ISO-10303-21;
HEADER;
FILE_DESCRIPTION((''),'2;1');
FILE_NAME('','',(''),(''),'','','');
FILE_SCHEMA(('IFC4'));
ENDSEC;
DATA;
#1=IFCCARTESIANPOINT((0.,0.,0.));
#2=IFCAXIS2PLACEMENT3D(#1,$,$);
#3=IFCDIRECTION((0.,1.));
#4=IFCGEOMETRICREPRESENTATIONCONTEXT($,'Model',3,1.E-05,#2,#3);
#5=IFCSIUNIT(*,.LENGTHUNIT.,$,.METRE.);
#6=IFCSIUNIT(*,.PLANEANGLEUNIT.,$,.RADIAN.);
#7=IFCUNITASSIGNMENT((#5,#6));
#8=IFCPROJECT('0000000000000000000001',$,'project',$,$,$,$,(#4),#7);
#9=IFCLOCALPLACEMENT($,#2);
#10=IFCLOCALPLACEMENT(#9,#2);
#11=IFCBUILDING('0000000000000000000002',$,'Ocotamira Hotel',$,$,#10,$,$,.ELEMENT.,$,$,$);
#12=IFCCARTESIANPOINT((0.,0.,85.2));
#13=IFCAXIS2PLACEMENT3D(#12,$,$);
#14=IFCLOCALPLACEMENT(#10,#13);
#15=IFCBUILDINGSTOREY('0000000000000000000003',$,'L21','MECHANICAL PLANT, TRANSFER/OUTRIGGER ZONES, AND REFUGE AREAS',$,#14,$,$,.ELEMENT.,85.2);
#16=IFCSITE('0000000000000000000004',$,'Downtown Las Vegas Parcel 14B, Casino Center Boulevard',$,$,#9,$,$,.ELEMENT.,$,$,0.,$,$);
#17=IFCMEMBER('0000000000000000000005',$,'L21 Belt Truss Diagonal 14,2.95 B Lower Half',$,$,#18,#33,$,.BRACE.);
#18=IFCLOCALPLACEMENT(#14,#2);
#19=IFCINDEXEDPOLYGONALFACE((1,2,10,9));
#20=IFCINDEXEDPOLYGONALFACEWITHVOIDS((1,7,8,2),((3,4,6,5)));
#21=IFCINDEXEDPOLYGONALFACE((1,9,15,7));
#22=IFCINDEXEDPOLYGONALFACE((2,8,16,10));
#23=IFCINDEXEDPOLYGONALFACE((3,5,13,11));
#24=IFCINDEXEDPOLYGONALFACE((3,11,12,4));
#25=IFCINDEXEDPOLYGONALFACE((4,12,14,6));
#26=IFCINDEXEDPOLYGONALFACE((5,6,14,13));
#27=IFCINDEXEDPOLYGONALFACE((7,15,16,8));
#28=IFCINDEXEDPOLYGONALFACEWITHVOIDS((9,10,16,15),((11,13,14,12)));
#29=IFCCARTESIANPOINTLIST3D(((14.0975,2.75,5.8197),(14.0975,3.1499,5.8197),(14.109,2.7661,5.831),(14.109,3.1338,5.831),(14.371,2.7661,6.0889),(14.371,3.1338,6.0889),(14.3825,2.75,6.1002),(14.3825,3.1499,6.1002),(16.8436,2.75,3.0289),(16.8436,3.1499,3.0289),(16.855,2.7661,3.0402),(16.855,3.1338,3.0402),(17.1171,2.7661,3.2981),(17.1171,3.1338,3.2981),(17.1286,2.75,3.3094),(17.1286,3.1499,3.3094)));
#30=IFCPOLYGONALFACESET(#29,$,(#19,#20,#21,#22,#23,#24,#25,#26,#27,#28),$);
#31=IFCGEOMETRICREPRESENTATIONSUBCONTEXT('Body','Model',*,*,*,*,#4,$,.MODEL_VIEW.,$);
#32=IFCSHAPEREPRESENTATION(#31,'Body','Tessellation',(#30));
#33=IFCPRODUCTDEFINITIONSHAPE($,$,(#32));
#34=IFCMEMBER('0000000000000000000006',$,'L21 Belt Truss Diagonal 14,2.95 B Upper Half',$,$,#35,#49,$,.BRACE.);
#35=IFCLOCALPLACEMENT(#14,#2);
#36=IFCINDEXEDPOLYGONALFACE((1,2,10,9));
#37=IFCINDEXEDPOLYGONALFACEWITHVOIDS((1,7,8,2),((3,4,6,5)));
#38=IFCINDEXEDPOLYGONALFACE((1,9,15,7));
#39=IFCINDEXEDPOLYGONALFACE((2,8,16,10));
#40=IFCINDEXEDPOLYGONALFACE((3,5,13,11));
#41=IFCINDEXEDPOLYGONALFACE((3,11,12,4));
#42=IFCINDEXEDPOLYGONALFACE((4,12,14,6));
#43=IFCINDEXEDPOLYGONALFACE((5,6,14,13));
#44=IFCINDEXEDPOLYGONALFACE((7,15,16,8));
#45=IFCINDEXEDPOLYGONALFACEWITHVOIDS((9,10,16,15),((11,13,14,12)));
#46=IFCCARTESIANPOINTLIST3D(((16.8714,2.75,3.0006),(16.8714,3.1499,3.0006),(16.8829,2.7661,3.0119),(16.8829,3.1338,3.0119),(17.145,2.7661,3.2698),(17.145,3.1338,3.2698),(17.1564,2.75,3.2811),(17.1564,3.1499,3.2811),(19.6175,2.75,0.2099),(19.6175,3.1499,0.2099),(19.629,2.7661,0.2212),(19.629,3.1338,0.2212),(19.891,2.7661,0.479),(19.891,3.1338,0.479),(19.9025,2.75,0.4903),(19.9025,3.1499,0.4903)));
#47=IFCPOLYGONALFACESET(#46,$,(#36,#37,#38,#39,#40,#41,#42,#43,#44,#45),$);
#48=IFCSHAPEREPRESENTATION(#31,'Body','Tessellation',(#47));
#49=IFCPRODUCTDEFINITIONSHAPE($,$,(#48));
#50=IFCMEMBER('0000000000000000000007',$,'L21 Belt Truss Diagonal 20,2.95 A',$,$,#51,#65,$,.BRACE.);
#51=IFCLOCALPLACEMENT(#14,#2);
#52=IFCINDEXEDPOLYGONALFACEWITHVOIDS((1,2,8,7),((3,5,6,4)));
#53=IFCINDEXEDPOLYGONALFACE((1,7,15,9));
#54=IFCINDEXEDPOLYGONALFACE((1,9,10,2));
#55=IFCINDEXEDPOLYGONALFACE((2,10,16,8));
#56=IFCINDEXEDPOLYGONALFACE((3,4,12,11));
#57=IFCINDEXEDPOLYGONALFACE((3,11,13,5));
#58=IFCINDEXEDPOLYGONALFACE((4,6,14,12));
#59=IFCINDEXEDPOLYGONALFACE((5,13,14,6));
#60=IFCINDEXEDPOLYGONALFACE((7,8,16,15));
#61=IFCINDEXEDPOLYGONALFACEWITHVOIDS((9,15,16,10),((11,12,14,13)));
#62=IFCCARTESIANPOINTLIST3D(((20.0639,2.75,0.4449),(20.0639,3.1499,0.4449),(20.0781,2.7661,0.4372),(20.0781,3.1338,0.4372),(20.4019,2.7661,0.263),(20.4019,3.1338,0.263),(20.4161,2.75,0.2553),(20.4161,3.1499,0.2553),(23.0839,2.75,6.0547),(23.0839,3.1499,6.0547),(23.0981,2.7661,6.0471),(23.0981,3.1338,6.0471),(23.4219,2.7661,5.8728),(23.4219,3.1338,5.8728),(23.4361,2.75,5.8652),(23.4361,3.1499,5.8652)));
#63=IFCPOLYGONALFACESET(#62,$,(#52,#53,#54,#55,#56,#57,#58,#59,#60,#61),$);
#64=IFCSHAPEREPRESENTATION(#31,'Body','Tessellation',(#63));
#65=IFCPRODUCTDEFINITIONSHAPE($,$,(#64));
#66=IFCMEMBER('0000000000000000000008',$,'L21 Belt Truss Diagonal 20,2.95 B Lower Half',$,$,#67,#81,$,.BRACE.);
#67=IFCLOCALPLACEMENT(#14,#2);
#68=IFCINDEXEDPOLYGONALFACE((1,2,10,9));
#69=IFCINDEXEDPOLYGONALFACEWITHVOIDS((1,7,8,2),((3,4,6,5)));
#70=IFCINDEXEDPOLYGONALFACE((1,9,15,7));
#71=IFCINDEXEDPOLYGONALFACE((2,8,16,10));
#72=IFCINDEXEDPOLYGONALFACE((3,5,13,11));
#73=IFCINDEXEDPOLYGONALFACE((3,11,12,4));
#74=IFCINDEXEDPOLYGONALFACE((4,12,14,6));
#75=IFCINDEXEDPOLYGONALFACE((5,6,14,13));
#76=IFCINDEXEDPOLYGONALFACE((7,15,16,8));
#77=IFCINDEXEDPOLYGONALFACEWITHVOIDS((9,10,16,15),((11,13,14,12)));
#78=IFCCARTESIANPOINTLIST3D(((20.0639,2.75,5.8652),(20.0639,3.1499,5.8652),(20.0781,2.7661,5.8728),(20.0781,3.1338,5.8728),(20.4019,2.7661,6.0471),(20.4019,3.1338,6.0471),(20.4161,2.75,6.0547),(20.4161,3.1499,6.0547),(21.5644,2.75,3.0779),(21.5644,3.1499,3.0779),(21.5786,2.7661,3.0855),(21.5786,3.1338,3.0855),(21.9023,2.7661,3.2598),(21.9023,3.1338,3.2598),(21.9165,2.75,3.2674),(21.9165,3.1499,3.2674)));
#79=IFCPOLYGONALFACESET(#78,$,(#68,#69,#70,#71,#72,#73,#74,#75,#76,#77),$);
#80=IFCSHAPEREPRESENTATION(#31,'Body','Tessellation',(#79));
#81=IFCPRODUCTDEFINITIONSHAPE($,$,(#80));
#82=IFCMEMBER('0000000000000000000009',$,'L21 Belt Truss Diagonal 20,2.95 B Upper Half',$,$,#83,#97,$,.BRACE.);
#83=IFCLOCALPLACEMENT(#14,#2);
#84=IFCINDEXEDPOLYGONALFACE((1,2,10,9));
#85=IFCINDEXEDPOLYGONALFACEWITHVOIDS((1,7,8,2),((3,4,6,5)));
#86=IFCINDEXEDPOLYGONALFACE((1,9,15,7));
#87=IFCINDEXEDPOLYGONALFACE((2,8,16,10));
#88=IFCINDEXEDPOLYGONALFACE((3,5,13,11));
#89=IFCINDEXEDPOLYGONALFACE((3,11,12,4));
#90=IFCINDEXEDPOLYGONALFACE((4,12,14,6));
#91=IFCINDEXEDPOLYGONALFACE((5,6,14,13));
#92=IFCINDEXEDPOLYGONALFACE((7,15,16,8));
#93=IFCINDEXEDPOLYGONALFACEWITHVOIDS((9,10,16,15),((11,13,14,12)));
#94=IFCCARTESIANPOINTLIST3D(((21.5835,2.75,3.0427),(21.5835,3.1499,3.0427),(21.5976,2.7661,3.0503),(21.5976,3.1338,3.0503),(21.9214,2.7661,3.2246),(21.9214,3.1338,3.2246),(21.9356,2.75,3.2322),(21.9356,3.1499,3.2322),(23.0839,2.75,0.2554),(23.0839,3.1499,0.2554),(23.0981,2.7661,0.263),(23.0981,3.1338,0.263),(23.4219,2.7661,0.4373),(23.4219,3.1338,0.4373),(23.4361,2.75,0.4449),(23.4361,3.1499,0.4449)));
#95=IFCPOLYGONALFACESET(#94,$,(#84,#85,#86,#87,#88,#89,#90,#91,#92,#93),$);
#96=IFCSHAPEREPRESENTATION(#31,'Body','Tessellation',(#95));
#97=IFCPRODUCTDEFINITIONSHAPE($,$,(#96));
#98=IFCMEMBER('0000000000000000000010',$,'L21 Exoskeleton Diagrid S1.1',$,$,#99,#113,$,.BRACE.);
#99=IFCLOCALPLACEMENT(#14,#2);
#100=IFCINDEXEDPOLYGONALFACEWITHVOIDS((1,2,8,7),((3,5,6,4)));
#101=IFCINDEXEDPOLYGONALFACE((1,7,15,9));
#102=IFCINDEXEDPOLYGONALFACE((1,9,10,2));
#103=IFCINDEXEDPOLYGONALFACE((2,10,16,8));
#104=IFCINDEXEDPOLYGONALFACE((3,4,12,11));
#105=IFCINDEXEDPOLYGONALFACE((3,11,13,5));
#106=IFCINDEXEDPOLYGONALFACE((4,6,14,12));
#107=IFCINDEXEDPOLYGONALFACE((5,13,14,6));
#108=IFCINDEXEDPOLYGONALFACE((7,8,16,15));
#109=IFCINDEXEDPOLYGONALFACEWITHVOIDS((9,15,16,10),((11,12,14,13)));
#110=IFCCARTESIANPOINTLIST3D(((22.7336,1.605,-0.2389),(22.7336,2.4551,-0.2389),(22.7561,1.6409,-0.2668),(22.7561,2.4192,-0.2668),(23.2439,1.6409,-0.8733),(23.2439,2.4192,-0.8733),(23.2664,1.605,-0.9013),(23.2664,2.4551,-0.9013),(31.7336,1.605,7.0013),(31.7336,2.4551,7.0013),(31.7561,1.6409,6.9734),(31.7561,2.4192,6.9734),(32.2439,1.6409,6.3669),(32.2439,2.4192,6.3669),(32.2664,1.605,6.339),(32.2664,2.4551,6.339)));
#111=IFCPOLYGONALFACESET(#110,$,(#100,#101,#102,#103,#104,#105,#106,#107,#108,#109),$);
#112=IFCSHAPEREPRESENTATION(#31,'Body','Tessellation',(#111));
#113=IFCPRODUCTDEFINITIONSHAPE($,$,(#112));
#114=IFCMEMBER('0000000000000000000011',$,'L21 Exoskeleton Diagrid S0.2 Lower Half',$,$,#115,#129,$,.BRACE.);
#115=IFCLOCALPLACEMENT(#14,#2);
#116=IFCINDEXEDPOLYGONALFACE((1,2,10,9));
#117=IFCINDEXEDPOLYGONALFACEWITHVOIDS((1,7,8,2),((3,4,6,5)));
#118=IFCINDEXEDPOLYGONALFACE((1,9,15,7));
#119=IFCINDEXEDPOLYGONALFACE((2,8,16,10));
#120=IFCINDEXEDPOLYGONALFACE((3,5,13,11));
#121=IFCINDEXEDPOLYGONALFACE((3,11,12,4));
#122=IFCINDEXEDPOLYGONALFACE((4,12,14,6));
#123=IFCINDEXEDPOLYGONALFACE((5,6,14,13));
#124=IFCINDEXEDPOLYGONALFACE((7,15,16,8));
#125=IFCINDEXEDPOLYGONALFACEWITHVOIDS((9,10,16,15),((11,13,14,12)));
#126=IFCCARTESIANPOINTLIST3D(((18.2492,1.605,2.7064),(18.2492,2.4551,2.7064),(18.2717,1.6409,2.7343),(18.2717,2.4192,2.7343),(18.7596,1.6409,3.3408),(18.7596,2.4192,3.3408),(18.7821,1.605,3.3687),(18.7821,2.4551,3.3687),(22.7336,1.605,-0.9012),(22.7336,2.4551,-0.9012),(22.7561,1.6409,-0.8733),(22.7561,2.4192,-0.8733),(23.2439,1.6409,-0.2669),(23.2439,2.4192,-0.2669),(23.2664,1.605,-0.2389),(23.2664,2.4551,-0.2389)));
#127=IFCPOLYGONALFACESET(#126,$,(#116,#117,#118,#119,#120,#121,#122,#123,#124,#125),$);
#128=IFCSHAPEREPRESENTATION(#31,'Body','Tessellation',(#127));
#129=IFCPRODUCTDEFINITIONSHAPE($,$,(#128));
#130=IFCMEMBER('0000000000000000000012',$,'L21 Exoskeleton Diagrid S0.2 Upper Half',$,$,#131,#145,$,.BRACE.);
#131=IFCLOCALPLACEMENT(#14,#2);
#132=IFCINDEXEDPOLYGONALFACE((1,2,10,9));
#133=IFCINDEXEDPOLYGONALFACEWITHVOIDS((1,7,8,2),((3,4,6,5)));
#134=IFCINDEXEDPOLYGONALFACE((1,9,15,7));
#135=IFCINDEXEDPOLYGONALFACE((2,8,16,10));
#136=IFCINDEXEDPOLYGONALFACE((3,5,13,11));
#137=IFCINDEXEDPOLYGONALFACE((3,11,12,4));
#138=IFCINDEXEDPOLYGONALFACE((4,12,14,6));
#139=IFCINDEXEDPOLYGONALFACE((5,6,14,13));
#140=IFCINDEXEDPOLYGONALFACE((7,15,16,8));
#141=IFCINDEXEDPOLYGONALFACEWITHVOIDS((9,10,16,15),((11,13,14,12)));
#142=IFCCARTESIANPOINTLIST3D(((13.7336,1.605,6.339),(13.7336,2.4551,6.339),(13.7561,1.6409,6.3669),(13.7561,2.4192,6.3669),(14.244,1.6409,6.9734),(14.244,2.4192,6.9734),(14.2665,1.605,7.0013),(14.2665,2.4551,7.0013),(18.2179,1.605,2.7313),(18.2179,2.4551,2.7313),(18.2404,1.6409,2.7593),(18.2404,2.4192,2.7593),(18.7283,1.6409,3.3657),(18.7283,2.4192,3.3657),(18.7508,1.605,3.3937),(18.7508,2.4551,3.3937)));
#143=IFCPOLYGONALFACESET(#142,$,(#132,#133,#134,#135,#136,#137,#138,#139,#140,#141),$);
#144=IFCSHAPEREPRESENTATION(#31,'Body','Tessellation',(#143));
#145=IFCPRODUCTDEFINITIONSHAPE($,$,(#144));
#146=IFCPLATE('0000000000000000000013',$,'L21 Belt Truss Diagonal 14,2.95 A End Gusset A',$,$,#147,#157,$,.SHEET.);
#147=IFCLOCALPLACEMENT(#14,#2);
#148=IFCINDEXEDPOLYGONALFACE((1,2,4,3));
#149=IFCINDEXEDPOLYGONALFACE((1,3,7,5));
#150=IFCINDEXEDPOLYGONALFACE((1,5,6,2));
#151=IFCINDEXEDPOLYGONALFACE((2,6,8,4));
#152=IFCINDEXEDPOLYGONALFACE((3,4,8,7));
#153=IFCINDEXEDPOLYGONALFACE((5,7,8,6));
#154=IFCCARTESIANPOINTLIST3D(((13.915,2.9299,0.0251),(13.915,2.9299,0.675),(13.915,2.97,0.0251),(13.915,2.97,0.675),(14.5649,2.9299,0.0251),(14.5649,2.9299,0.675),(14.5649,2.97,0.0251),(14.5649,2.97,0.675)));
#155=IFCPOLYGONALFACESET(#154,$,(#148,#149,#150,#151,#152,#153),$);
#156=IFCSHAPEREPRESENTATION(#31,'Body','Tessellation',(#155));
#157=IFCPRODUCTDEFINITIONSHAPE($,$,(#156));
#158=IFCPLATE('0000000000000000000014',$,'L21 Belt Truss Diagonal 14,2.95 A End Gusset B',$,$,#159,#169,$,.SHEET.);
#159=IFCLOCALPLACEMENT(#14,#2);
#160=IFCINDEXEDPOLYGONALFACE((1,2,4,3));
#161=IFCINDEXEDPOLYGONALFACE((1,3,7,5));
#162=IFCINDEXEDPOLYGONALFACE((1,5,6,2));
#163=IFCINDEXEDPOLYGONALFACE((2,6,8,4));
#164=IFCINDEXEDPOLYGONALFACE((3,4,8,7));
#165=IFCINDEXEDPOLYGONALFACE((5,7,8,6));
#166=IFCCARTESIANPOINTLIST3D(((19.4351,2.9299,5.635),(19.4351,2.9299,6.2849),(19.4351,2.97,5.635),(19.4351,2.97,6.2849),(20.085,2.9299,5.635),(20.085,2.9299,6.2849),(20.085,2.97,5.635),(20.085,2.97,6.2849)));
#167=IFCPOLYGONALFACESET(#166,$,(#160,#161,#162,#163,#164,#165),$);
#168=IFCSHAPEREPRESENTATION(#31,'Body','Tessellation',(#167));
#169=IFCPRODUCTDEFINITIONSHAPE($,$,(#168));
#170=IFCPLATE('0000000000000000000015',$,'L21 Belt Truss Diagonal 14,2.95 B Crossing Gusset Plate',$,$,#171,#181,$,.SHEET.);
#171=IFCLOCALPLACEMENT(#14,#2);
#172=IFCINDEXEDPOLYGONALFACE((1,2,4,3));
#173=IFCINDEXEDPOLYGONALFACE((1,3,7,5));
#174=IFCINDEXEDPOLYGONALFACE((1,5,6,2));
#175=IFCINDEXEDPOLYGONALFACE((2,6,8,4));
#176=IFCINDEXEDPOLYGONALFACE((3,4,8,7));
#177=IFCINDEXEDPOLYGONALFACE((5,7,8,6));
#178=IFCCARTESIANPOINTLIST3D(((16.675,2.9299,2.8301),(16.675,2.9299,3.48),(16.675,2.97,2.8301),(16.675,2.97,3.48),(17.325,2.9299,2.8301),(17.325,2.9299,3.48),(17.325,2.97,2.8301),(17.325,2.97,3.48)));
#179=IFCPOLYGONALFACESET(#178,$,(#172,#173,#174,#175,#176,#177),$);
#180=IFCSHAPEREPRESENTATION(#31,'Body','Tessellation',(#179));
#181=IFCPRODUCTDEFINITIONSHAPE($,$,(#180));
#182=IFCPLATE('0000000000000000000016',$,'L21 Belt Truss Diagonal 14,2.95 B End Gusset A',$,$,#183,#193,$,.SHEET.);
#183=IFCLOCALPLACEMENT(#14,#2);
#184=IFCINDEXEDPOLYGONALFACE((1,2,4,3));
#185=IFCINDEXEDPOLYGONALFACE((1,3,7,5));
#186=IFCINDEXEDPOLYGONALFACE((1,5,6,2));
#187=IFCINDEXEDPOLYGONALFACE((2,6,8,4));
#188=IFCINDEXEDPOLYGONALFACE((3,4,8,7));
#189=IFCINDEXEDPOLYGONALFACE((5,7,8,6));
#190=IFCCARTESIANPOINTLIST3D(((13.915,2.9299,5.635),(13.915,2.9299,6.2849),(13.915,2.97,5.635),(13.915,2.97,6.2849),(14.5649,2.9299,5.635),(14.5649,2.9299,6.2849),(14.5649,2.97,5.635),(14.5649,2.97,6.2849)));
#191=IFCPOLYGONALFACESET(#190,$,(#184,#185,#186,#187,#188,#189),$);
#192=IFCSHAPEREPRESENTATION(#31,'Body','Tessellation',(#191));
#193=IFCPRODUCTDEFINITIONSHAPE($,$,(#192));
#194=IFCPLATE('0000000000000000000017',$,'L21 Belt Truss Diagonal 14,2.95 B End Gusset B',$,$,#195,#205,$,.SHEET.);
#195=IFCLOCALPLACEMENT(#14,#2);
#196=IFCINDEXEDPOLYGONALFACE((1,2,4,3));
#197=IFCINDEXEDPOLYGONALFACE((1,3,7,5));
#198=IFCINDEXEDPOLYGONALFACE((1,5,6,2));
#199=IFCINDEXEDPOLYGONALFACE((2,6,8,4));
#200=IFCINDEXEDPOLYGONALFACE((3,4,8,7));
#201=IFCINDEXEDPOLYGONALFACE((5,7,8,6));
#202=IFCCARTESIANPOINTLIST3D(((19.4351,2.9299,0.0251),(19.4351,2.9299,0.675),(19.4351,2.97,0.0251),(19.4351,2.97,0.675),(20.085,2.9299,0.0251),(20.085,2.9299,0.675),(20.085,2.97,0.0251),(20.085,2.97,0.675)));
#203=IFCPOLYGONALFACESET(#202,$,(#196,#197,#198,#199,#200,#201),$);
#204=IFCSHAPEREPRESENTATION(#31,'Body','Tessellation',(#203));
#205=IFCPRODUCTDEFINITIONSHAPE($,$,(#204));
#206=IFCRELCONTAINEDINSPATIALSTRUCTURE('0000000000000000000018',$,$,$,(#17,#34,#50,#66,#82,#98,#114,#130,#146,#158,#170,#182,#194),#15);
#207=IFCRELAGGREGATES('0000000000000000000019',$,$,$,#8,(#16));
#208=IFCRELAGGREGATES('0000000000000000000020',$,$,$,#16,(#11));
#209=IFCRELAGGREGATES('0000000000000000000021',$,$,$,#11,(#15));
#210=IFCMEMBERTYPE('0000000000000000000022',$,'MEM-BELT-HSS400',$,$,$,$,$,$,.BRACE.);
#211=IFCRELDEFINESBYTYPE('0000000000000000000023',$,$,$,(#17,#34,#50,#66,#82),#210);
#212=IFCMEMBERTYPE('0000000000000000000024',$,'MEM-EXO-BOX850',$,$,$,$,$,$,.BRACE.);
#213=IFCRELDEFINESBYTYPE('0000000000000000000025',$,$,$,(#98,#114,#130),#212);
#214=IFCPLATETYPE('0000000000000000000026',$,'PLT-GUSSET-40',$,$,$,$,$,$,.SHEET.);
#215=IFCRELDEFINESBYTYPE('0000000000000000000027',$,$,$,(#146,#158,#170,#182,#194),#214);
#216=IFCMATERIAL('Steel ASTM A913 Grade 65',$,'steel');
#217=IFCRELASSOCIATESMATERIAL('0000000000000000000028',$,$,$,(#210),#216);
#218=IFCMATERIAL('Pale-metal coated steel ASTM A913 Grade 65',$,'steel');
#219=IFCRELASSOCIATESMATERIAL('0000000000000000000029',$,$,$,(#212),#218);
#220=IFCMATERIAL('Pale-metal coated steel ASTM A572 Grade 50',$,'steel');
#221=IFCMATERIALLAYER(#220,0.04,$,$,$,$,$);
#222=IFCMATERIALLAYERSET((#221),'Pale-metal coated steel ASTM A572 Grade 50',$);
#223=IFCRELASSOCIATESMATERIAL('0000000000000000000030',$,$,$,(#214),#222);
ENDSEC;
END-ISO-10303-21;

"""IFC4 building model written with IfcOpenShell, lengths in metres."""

from ifc_helpers import new_model, si_unit, direction, frame, origin, origin_2d, place, context, subcontext, project, spatial, rectangle, hollow_rectangle, extrude, source, transform, mapped, material, layer, layer_set, material_profile, profile_set, type_object, element, save


model = new_model("IFC4")

# Units and contexts
model_context = context("Model", 3, precision=1e-05, world=origin(), true_north=direction((0.0, 1.0)))
body_context = subcontext(model_context, "Body", "Model", "MODEL_VIEW")
ifc_project = project(units=[si_unit("LENGTHUNIT", "METRE"), si_unit("PLANEANGLEUNIT", "RADIAN")], contexts=[model_context])

# Site, building, storey
site_placement = place(None, origin())
site = spatial("IfcSite", under=ifc_project, at=site_placement, Name="Downtown Las Vegas Parcel 14B, Casino Center Boulevard", CompositionType="ELEMENT", RefElevation=0.0)
building_placement = place(site_placement, origin())
building = spatial("IfcBuilding", under=site, at=building_placement, Name="Ocotamira Hotel", CompositionType="ELEMENT")
storey_placement = place(building_placement, frame((0.0, 0.0, 85.2)))
storey = spatial("IfcBuildingStorey", under=building, at=storey_placement, Name="L21", Description="MECHANICAL PLANT, TRANSFER/OUTRIGGER ZONES, AND REFUGE AREAS", CompositionType="ELEMENT", Elevation=85.2)

# Shared definitions
ifc_material_1 = material(Name="Steel ASTM A913 Grade 65", Category="steel")

# Members
ifc_material_profile_1 = material_profile(ifc_material_1, hollow_rectangle(XDim=0.3999, YDim=0.3999, WallThickness=0.0161, at=origin_2d()), Name="HSS400X400X16")
ifc_profile_set_1 = profile_set([ifc_material_profile_1], Name="Steel ASTM A913 Grade 65")
member_type_1 = type_object("IfcMemberType", Name="MEM-BELT-HSS400", PredefinedType="BRACE", material=ifc_profile_set_1)
shared_shape_1 = source(origin(), body_context, "Body", "SweptSolid", [
    extrude(hollow_rectangle(XDim=0.3999, YDim=0.3999, WallThickness=0.0161, at=origin_2d()), origin(), (0.0, 0.0, 1.0), 3.9153),
])
for number, where, z_axis, x_axis, name in (
    (1, (14.24, 2.95, 5.96), (0.701378, 0.0, -0.712789), (0.0, 1.0, 0.0), "L21 Belt Truss Diagonal 14,2.95 B Lower Half"),
    (2, (17.0139, 2.95, 3.1409), (0.701378, 0.0, -0.712789), (0.0, 1.0, 0.0), "L21 Belt Truss Diagonal 14,2.95 B Upper Half"),
):
    element("IfcMember", number, at=place(storey_placement, frame(where, z_axis=z_axis, x_axis=x_axis)), inside=storey, type_object=member_type_1, Name=name, PredefinedType="BRACE", context=body_context, shape_type="MappedRepresentation", body=[
        mapped(shared_shape_1, transform((0.0, 0.0, 0.0), scale=1.0)),
    ])
shared_shape_2 = source(origin(), body_context, "Body", "SweptSolid", [
    extrude(hollow_rectangle(XDim=0.3999, YDim=0.3999, WallThickness=0.0161, at=origin_2d()), origin(), (0.0, 0.0, 1.0), 6.3711),
])
member_1_placement = place(storey_placement, frame((20.24, 2.95, 0.3501), z_axis=(0.474018, 0.0, 0.880515), x_axis=(0.0, 1.0, 0.0)))
element("IfcMember", 3, at=member_1_placement, inside=storey, type_object=member_type_1, Name="L21 Belt Truss Diagonal 20,2.95 A", PredefinedType="BRACE", context=body_context, shape_type="MappedRepresentation", body=[
    mapped(shared_shape_2, transform((0.0, 0.0, 0.0), scale=1.0)),
])
shared_shape_3 = source(origin(), body_context, "Body", "SweptSolid", [
    extrude(hollow_rectangle(XDim=0.3999, YDim=0.3999, WallThickness=0.0161, at=origin_2d()), origin(), (0.0, 0.0, 1.0), 3.1655),
])
for number, where, z_axis, x_axis, name in (
    (4, (20.24, 2.95, 5.96), (0.474003, 0.0, -0.880523), (0.0, 1.0, 0.0), "L21 Belt Truss Diagonal 20,2.95 B Lower Half"),
    (5, (21.7595, 2.95, 3.1375), (0.474003, 0.0, -0.880523), (0.0, 1.0, 0.0), "L21 Belt Truss Diagonal 20,2.95 B Upper Half"),
):
    element("IfcMember", number, at=place(storey_placement, frame(where, z_axis=z_axis, x_axis=x_axis)), inside=storey, type_object=member_type_1, Name=name, PredefinedType="BRACE", context=body_context, shape_type="MappedRepresentation", body=[
        mapped(shared_shape_3, transform((0.0, 0.0, 0.0), scale=1.0)),
    ])
ifc_material_2 = material(Name="Pale-metal coated steel ASTM A913 Grade 65", Category="steel")
ifc_material_profile_2 = material_profile(ifc_material_2, hollow_rectangle(XDim=0.8501, YDim=0.8501, WallThickness=0.0359, at=origin_2d()), Name="BOX850X850X36")
ifc_profile_set_2 = profile_set([ifc_material_profile_2], Name="Pale-metal coated steel ASTM A913 Grade 65")
member_type_2 = type_object("IfcMemberType", Name="MEM-EXO-BOX850", PredefinedType="BRACE", material=ifc_profile_set_2)
shared_shape_4 = source(origin(), body_context, "Body", "SweptSolid", [
    extrude(hollow_rectangle(XDim=0.8501, YDim=0.8501, WallThickness=0.0359, at=origin_2d()), origin(), (0.0, 0.0, 1.0), 11.5508),
])
member_2_placement = place(storey_placement, frame((23.0, 2.03, -0.5701), z_axis=(0.779167, 0.0, 0.626817), x_axis=(0.0, 1.0, 0.0)))
element("IfcMember", 6, at=member_2_placement, inside=storey, type_object=member_type_2, Name="L21 Exoskeleton Diagrid S1.1", PredefinedType="BRACE", context=body_context, shape_type="MappedRepresentation", body=[
    mapped(shared_shape_4, transform((0.0, 0.0, 0.0), scale=1.0)),
])
shared_shape_5 = source(origin(), body_context, "Body", "SweptSolid", [
    extrude(hollow_rectangle(XDim=0.8501, YDim=0.8501, WallThickness=0.0359, at=origin_2d()), origin(), (0.0, 0.0, 1.0), 5.7554),
])
for number, where, z_axis, x_axis, name in (
    (7, (23.0, 2.03, -0.5701), (-0.779157, 0.0, 0.626829), (0.0, -1.0, 0.0), "L21 Exoskeleton Diagrid S0.2 Lower Half"),
    (8, (18.4844, 2.03, 3.0625), (-0.779157, 0.0, 0.626829), (0.0, -1.0, 0.0), "L21 Exoskeleton Diagrid S0.2 Upper Half"),
):
    element("IfcMember", number, at=place(storey_placement, frame(where, z_axis=z_axis, x_axis=x_axis)), inside=storey, type_object=member_type_2, Name=name, PredefinedType="BRACE", context=body_context, shape_type="MappedRepresentation", body=[
        mapped(shared_shape_5, transform((0.0, 0.0, 0.0), scale=1.0)),
    ])

# Plates
ifc_material_3 = material(Name="Pale-metal coated steel ASTM A572 Grade 50", Category="steel")
ifc_layer_1 = layer(ifc_material_3, 0.04)
ifc_layer_set_1 = layer_set([ifc_layer_1], Name="Pale-metal coated steel ASTM A572 Grade 50")
plate_type = type_object("IfcPlateType", Name="PLT-GUSSET-40", PredefinedType="SHEET", material=ifc_layer_set_1)
shared_shape_6 = source(origin(), body_context, "Body", "SweptSolid", [
    extrude(rectangle(XDim=0.6499, YDim=0.04, at=origin_2d()), origin(), (0.0, 0.0, 1.0), 0.6499),
])
for number, where, z_axis, x_axis, name in (
    (9, (14.24, 2.95, 0.0251), (0.0, 0.0, 1.0), (1.0, 0.0, 0.0), "L21 Belt Truss Diagonal 14,2.95 A End Gusset A"),
    (10, (19.76, 2.95, 5.635), (0.0, 0.0, 1.0), (1.0, 0.0, 0.0), "L21 Belt Truss Diagonal 14,2.95 A End Gusset B"),
    (11, (17.0, 2.95, 2.8301), (0.0, 0.0, 1.0), (1.0, 0.0, 0.0), "L21 Belt Truss Diagonal 14,2.95 B Crossing Gusset Plate"),
    (12, (14.24, 2.95, 5.635), (0.0, 0.0, 1.0), (1.0, 0.0, 0.0), "L21 Belt Truss Diagonal 14,2.95 B End Gusset A"),
    (13, (19.76, 2.95, 0.0251), (0.0, 0.0, 1.0), (1.0, 0.0, 0.0), "L21 Belt Truss Diagonal 14,2.95 B End Gusset B"),
):
    element("IfcPlate", number, at=place(storey_placement, frame(where, z_axis=z_axis, x_axis=x_axis)), inside=storey, type_object=plate_type, Name=name, PredefinedType="SHEET", context=body_context, shape_type="MappedRepresentation", body=[
        mapped(shared_shape_6, transform((0.0, 0.0, 0.0), scale=1.0)),
    ])

save(model, "model.ifc")
